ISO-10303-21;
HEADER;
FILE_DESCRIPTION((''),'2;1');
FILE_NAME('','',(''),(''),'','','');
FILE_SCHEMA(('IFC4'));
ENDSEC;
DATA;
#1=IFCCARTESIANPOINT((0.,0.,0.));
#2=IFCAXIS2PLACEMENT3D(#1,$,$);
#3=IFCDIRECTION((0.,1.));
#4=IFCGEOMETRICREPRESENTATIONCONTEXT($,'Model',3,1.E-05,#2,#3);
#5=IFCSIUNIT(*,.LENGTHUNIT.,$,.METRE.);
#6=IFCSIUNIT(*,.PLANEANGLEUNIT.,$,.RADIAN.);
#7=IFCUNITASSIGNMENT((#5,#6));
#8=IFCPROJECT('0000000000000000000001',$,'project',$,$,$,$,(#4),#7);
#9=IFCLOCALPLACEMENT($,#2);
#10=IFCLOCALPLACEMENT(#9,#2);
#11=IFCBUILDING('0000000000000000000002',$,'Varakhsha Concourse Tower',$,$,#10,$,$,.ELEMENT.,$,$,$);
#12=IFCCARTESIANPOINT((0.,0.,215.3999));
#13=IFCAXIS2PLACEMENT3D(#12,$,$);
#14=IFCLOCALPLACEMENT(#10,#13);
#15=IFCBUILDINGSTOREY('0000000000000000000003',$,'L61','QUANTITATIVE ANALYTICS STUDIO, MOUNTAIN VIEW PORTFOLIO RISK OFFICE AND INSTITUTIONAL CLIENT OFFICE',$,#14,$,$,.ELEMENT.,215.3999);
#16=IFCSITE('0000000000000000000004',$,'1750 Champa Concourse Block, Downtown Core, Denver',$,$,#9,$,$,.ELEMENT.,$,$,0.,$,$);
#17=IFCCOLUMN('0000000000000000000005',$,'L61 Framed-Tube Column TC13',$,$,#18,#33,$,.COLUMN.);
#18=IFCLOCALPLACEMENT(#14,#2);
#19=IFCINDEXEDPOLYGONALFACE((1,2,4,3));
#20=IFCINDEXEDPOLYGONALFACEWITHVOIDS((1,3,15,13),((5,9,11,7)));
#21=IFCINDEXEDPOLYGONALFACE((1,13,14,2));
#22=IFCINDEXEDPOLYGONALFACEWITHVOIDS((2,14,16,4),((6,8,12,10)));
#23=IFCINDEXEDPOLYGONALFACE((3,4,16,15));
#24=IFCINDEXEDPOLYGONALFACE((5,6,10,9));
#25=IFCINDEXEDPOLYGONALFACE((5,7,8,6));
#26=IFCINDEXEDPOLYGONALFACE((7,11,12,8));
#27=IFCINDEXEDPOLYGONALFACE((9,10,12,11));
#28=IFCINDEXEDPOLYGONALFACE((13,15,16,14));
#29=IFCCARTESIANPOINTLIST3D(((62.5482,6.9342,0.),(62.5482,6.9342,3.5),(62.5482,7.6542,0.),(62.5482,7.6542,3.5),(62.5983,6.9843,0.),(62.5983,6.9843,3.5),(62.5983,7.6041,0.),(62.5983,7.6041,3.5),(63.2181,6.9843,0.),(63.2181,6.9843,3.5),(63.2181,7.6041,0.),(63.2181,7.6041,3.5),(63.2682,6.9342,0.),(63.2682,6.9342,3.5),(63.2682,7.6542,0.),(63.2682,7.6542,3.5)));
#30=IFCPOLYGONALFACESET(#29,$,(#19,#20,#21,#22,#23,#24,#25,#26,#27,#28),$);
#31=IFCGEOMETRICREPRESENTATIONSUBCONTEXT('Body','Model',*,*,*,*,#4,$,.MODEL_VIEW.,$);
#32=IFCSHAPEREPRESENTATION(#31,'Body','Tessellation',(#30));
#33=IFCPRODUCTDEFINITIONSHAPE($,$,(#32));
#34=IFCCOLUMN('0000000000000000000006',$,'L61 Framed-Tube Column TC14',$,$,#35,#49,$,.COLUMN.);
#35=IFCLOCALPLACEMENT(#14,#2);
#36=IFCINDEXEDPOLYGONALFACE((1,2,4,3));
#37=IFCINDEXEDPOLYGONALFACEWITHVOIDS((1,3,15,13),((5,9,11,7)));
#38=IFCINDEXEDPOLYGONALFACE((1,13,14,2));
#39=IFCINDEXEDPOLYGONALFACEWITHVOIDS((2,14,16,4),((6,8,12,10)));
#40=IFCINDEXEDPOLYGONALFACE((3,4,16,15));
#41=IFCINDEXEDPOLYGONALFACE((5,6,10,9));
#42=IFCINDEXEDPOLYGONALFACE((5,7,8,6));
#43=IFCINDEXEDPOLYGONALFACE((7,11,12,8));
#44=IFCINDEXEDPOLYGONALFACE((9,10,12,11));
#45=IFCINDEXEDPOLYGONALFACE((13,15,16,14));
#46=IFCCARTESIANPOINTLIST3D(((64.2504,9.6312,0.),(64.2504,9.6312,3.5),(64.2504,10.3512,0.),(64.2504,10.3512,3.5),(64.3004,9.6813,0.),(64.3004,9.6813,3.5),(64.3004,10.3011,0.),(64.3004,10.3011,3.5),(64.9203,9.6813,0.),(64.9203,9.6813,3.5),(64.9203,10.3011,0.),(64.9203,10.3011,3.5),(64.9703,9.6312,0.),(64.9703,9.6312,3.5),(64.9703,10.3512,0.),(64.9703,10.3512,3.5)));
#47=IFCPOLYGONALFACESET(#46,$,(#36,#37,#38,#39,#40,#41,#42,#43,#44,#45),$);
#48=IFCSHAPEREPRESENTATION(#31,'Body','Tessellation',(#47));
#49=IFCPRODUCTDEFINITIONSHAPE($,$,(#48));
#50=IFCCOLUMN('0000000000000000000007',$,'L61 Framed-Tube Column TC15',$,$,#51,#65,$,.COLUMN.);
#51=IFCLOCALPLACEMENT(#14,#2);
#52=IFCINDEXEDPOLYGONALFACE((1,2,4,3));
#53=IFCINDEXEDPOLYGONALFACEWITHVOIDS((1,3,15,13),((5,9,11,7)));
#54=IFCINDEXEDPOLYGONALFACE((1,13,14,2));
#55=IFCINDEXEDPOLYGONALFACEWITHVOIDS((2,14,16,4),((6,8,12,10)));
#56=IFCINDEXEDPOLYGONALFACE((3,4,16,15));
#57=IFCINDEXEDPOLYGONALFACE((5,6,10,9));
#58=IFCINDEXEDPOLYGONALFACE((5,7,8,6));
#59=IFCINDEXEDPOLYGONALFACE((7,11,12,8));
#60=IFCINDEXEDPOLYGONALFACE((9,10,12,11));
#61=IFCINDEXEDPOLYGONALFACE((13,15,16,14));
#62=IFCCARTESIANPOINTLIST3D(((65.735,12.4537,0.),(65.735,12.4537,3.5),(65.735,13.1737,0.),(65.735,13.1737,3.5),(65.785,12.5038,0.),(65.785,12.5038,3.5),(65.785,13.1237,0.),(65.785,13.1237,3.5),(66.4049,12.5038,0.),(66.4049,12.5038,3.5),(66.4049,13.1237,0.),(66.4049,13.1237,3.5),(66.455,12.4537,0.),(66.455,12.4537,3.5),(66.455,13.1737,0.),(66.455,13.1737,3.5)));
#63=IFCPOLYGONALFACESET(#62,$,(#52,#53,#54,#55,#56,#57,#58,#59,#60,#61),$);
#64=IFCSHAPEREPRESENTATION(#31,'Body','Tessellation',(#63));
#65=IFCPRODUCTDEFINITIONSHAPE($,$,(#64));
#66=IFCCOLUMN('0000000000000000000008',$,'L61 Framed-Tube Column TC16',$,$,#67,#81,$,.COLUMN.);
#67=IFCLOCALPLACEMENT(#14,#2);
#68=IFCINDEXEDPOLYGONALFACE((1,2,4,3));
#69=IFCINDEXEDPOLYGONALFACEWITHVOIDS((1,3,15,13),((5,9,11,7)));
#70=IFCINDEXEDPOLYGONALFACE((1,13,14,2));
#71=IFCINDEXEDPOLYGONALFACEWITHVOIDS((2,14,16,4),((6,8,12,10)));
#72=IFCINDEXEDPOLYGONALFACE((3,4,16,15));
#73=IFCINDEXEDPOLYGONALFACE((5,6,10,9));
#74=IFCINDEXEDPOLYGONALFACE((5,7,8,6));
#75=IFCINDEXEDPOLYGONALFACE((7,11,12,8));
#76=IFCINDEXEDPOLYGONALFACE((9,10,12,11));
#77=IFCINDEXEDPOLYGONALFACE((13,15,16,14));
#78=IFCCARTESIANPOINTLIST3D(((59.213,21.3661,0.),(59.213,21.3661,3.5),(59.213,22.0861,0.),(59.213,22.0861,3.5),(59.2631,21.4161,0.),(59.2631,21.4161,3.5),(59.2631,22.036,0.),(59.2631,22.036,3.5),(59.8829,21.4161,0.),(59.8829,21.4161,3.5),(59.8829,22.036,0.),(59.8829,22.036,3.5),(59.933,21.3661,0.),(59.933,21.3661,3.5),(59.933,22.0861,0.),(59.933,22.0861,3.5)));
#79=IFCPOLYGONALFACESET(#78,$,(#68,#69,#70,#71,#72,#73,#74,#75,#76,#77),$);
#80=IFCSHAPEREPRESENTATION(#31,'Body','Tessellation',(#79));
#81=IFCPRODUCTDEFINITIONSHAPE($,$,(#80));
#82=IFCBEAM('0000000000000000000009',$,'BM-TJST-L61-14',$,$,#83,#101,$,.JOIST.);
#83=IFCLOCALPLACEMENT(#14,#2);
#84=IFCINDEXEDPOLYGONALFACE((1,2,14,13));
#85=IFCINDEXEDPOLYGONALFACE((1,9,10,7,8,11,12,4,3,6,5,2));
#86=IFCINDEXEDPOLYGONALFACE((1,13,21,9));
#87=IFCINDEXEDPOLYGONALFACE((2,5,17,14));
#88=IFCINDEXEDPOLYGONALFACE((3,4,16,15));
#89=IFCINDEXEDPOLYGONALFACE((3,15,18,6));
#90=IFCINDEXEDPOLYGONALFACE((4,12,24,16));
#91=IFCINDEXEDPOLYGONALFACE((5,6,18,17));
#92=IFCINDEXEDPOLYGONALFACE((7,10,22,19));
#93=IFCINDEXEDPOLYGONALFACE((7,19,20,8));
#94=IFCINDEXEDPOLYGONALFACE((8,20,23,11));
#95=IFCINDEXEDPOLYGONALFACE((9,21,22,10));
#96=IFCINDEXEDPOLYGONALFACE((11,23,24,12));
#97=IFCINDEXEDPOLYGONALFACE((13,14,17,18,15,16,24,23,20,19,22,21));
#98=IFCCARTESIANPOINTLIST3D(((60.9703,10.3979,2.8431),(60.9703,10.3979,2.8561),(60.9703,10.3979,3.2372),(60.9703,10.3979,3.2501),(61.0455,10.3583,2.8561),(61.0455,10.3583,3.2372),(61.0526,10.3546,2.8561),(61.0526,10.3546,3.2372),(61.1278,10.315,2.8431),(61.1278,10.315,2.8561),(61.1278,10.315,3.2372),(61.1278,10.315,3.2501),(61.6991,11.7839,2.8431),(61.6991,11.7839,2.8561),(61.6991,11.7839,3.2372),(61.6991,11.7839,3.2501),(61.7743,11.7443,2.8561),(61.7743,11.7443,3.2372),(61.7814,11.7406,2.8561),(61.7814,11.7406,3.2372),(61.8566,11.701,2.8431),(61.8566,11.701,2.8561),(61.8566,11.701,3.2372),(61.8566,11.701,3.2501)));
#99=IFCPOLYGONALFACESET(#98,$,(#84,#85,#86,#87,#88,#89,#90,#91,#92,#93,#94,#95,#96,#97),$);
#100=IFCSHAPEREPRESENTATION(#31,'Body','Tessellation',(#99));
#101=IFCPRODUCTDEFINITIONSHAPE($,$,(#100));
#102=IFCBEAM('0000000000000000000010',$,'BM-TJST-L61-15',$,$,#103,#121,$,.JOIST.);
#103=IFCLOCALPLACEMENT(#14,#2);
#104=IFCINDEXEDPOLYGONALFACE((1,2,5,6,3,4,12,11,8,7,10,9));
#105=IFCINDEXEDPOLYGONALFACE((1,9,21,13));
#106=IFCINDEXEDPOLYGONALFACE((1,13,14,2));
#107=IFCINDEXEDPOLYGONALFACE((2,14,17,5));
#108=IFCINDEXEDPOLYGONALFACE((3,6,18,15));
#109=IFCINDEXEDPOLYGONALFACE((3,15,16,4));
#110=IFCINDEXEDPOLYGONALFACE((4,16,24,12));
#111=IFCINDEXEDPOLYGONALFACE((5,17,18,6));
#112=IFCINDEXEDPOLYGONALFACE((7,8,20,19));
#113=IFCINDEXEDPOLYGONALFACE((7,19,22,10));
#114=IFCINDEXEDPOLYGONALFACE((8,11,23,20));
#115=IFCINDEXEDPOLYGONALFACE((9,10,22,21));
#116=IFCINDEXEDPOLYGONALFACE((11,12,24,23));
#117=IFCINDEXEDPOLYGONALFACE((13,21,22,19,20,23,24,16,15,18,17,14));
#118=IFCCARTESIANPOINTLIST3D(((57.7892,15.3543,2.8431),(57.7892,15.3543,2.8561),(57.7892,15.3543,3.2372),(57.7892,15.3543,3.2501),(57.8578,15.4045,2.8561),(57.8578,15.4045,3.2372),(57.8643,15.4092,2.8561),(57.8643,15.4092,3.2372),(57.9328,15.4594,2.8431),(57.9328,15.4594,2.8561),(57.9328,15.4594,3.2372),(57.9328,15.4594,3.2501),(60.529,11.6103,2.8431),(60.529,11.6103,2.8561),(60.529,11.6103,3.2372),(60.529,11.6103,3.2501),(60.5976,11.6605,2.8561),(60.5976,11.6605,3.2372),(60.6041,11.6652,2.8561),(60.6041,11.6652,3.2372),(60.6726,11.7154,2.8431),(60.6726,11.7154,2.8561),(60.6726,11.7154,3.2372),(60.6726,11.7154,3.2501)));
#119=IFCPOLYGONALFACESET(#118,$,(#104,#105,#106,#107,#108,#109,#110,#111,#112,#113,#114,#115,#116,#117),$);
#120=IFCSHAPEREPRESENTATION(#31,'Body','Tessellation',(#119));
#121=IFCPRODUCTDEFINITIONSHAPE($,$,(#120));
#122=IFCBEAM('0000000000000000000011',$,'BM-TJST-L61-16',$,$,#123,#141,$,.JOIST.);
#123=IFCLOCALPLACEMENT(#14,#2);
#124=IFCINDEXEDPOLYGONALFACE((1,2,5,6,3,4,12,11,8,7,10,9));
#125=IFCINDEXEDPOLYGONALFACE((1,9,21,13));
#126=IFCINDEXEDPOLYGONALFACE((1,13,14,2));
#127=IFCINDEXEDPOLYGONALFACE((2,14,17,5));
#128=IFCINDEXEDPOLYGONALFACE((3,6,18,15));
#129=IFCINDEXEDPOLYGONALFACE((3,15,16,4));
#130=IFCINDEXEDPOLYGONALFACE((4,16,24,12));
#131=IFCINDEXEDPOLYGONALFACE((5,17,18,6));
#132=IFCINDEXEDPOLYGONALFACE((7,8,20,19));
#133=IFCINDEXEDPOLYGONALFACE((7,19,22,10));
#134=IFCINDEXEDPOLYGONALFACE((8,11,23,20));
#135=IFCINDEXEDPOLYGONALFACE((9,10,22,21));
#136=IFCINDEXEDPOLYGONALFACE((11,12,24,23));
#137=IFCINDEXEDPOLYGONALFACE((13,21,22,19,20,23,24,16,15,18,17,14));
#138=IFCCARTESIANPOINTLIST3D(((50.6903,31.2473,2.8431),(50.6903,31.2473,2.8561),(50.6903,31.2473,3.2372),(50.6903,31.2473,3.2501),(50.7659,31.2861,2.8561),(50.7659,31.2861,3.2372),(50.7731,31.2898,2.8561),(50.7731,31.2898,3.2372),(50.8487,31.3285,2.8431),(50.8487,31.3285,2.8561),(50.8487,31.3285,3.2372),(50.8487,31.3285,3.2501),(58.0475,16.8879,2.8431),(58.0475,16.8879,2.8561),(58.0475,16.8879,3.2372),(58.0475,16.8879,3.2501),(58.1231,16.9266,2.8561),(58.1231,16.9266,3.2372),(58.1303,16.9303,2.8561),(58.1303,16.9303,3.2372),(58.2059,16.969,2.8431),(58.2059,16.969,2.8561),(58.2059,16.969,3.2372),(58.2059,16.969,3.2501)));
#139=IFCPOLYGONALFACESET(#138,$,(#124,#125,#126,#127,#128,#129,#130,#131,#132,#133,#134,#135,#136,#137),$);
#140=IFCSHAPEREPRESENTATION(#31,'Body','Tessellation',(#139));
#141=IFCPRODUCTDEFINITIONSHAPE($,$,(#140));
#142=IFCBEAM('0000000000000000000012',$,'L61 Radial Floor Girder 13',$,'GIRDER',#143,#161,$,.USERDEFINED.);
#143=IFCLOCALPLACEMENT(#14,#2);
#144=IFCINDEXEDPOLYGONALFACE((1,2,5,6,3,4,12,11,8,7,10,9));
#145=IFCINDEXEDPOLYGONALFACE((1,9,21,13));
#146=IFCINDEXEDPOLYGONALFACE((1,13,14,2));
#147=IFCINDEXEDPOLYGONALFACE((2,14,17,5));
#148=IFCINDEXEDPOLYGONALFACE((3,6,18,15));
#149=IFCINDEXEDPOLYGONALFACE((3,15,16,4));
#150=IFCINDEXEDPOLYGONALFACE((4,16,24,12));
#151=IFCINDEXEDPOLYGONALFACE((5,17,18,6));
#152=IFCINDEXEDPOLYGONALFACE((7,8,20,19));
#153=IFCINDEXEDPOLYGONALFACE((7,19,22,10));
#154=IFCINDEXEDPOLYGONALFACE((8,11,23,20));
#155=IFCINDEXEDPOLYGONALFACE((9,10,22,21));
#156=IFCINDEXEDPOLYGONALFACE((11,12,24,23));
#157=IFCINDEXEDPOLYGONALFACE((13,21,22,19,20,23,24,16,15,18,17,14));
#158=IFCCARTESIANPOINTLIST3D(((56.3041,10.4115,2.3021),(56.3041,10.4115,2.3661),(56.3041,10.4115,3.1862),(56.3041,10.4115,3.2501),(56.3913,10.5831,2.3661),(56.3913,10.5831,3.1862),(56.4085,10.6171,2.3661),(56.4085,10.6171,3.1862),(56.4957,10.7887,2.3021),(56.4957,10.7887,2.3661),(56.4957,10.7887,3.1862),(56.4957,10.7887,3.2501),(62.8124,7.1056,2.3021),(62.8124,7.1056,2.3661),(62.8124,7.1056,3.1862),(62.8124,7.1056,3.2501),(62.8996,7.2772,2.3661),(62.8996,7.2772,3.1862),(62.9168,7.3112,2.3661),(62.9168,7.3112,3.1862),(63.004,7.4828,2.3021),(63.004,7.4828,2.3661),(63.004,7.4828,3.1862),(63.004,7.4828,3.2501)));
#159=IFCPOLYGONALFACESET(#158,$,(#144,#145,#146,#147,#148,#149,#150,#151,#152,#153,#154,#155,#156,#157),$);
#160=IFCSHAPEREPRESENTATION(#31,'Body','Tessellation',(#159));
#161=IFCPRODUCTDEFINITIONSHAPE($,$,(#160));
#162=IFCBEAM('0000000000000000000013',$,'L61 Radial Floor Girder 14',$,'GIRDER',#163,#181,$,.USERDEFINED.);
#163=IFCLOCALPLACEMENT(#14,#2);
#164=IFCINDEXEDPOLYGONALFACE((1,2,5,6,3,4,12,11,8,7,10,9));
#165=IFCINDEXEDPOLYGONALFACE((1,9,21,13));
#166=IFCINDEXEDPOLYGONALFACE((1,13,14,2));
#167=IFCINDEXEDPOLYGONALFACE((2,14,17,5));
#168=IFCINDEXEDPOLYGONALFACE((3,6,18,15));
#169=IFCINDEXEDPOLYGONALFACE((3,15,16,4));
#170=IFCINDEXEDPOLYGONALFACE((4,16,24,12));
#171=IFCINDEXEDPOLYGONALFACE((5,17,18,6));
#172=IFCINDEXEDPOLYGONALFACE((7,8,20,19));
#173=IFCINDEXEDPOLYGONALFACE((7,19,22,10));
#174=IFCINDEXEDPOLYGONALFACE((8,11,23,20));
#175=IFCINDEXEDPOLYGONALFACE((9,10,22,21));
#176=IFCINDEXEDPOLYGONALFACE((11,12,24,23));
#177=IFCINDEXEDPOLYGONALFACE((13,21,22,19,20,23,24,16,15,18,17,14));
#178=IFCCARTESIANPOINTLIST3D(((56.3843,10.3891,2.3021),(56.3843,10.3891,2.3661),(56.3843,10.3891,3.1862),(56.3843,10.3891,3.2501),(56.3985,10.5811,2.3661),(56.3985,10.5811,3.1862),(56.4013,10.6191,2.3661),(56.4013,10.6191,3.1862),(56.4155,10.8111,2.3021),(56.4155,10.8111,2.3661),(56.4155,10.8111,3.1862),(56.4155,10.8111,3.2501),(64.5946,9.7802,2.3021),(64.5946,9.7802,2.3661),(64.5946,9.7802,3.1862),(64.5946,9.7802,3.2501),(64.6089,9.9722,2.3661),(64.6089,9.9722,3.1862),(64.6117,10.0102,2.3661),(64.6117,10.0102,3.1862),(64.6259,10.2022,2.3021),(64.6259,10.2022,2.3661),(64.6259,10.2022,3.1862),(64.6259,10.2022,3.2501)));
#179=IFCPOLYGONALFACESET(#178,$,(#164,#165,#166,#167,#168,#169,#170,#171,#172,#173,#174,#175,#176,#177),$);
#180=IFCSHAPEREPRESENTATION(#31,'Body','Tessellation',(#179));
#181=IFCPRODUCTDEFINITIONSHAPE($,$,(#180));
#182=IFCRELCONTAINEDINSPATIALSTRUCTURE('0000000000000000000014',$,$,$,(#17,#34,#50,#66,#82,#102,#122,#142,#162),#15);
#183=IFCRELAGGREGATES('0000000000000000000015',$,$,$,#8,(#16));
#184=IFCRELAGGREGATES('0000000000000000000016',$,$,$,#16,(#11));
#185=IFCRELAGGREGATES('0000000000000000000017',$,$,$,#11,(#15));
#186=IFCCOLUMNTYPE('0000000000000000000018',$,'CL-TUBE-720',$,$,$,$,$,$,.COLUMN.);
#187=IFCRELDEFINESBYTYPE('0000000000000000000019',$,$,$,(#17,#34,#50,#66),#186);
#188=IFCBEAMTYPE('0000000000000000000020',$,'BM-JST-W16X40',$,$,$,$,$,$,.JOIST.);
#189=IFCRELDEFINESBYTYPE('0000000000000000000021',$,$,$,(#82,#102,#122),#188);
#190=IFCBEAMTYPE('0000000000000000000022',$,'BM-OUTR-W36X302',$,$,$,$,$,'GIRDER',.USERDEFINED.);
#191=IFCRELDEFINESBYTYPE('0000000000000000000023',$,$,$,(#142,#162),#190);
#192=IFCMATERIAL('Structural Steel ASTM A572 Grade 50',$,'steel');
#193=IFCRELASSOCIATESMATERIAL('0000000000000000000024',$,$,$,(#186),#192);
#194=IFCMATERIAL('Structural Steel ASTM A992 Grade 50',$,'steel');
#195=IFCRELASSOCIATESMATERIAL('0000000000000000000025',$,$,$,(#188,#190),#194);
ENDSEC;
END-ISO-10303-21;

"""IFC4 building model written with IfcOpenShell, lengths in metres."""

from ifc_helpers import new_model, si_unit, direction, frame, origin, origin_2d, place, context, subcontext, project, spatial, hollow_rectangle, i_section, extrude, material, material_profile, profile_set, type_object, element, save


model = new_model("IFC4")

# Units and contexts
model_context = context("Model", 3, precision=1e-05, world=origin(), true_north=direction((0.0, 1.0)))
body_context = subcontext(model_context, "Body", "Model", "MODEL_VIEW")
ifc_project = project(units=[si_unit("LENGTHUNIT", "METRE"), si_unit("PLANEANGLEUNIT", "RADIAN")], contexts=[model_context])

# Site, building, storey
site_placement = place(None, origin())
site = spatial("IfcSite", under=ifc_project, at=site_placement, Name="1750 Champa Concourse Block, Downtown Core, Denver", CompositionType="ELEMENT", RefElevation=0.0)
building_placement = place(site_placement, origin())
building = spatial("IfcBuilding", under=site, at=building_placement, Name="Varakhsha Concourse Tower", CompositionType="ELEMENT")
storey_placement = place(building_placement, frame((0.0, 0.0, 215.3999)))
storey = spatial("IfcBuildingStorey", under=building, at=storey_placement, Name="L61", Description="QUANTITATIVE ANALYTICS STUDIO, MOUNTAIN VIEW PORTFOLIO RISK OFFICE AND INSTITUTIONAL CLIENT OFFICE", CompositionType="ELEMENT", Elevation=215.3999)

# Columns
ifc_material_1 = material(Name="Structural Steel ASTM A572 Grade 50", Category="steel")
ifc_material_profile_1 = material_profile(ifc_material_1, hollow_rectangle(XDim=0.72, YDim=0.72, WallThickness=0.05, at=origin_2d()), Name="BOX 720x720x50")
ifc_profile_set_1 = profile_set([ifc_material_profile_1], Name="Structural Steel ASTM A572 Grade 50")
column_type = type_object("IfcColumnType", Name="CL-TUBE-720", PredefinedType="COLUMN", material=ifc_profile_set_1)
for number, where, z_axis, x_axis, name in (
    (1, (62.9082, 7.2942, 0.0), (0.0, 0.0, 1.0), (1.0, 0.0, 0.0), "L61 Framed-Tube Column TC13"),
    (2, (64.6104, 9.9912, 0.0), (0.0, 0.0, 1.0), (1.0, 0.0, 0.0), "L61 Framed-Tube Column TC14"),
    (3, (66.095, 12.8137, 0.0), (0.0, 0.0, 1.0), (1.0, 0.0, 0.0), "L61 Framed-Tube Column TC15"),
    (4, (59.573, 21.7261, 0.0), (0.0, 0.0, 1.0), (1.0, 0.0, 0.0), "L61 Framed-Tube Column TC16"),
):
    element("IfcColumn", number, at=place(storey_placement, frame(where, z_axis=z_axis, x_axis=x_axis)), inside=storey, type_object=column_type, Name=name, PredefinedType="COLUMN", context=body_context, shape_type="SweptSolid", body=[
        extrude(hollow_rectangle(XDim=0.72, YDim=0.72, WallThickness=0.05, at=origin_2d()), origin(), (0.0, 0.0, 1.0), 3.5),
    ])

# Beams
ifc_material_2 = material(Name="Structural Steel ASTM A992 Grade 50", Category="steel")
ifc_material_profile_2 = material_profile(ifc_material_2, i_section(OverallWidth=0.178, OverallDepth=0.407, WebThickness=0.0081, FlangeThickness=0.0129, at=origin_2d()), Name="W16X40")
ifc_profile_set_2 = profile_set([ifc_material_profile_2], Name="Structural Steel ASTM A992 Grade 50")
beam_type_1 = type_object("IfcBeamType", Name="BM-JST-W16X40", PredefinedType="JOIST", material=ifc_profile_set_2)
beam_1_placement = place(storey_placement, frame((61.0491, 10.3564, 3.0466), z_axis=(0.465393, 0.885104, 0.0), x_axis=(-0.885104, 0.465393, 0.0)))
element("IfcBeam", 5, at=beam_1_placement, inside=storey, type_object=beam_type_1, Name="BM-TJST-L61-14", PredefinedType="JOIST", context=body_context, shape_type="SweptSolid", body=[
    extrude(i_section(OverallWidth=0.178, OverallDepth=0.407, WebThickness=0.0081, FlangeThickness=0.0129, at=origin_2d()), origin(), (0.0, 0.0, 1.0), 1.5659),
])
beam_2_placement = place(storey_placement, frame((60.6008, 11.6628, 3.0466), z_axis=(-0.590553, 0.806999, 0.0), x_axis=(-0.806999, -0.590553, 0.0)))
element("IfcBeam", 6, at=beam_2_placement, inside=storey, type_object=beam_type_1, Name="BM-TJST-L61-15", PredefinedType="JOIST", context=body_context, shape_type="SweptSolid", body=[
    extrude(i_section(OverallWidth=0.178, OverallDepth=0.407, WebThickness=0.0081, FlangeThickness=0.0129, at=origin_2d()), origin(), (0.0, 0.0, 1.0), 4.6394),
])
beam_3_placement = place(storey_placement, frame((58.1267, 16.9285, 3.0466), z_axis=(-0.455993, 0.889984, 0.0), x_axis=(-0.889984, -0.455993, 0.0)))
element("IfcBeam", 7, at=beam_3_placement, inside=storey, type_object=beam_type_1, Name="BM-TJST-L61-16", PredefinedType="JOIST", context=body_context, shape_type="SweptSolid", body=[
    extrude(i_section(OverallWidth=0.178, OverallDepth=0.407, WebThickness=0.0081, FlangeThickness=0.0129, at=origin_2d()), origin(), (0.0, 0.0, 1.0), 16.1345),
])
ifc_material_profile_3 = material_profile(ifc_material_2, i_section(OverallWidth=0.4231, OverallDepth=0.948, WebThickness=0.0381, FlangeThickness=0.064, at=origin_2d()), Name="W36X302")
ifc_profile_set_3 = profile_set([ifc_material_profile_3], Name="Structural Steel ASTM A992 Grade 50")
beam_type_2 = type_object("IfcBeamType", Name="BM-OUTR-W36X302", ElementType="GIRDER", PredefinedType="USERDEFINED", material=ifc_profile_set_3)
beam_4_placement = place(storey_placement, frame((56.3999, 10.6001, 2.7761), z_axis=(0.891573, -0.452877, 0.0), x_axis=(0.452877, 0.891573, 0.0)))
element("IfcBeam", 8, at=beam_4_placement, inside=storey, type_object=beam_type_2, Name="L61 Radial Floor Girder 13", ObjectType="GIRDER", PredefinedType="USERDEFINED", context=body_context, shape_type="SweptSolid", body=[
    extrude(i_section(OverallWidth=0.4231, OverallDepth=0.948, WebThickness=0.0381, FlangeThickness=0.064, at=origin_2d()), origin(), (0.0, 0.0, 1.0), 7.2998),
])
beam_5_placement = place(storey_placement, frame((56.3999, 10.6001, 2.7761), z_axis=(0.997261, -0.073957, 0.0), x_axis=(0.073957, 0.997261, 0.0)))
element("IfcBeam", 9, at=beam_5_placement, inside=storey, type_object=beam_type_2, Name="L61 Radial Floor Girder 14", ObjectType="GIRDER", PredefinedType="USERDEFINED", context=body_context, shape_type="SweptSolid", body=[
    extrude(i_section(OverallWidth=0.4231, OverallDepth=0.948, WebThickness=0.0381, FlangeThickness=0.064, at=origin_2d()), origin(), (0.0, 0.0, 1.0), 8.2329),
])

save(model, "model.ifc")
